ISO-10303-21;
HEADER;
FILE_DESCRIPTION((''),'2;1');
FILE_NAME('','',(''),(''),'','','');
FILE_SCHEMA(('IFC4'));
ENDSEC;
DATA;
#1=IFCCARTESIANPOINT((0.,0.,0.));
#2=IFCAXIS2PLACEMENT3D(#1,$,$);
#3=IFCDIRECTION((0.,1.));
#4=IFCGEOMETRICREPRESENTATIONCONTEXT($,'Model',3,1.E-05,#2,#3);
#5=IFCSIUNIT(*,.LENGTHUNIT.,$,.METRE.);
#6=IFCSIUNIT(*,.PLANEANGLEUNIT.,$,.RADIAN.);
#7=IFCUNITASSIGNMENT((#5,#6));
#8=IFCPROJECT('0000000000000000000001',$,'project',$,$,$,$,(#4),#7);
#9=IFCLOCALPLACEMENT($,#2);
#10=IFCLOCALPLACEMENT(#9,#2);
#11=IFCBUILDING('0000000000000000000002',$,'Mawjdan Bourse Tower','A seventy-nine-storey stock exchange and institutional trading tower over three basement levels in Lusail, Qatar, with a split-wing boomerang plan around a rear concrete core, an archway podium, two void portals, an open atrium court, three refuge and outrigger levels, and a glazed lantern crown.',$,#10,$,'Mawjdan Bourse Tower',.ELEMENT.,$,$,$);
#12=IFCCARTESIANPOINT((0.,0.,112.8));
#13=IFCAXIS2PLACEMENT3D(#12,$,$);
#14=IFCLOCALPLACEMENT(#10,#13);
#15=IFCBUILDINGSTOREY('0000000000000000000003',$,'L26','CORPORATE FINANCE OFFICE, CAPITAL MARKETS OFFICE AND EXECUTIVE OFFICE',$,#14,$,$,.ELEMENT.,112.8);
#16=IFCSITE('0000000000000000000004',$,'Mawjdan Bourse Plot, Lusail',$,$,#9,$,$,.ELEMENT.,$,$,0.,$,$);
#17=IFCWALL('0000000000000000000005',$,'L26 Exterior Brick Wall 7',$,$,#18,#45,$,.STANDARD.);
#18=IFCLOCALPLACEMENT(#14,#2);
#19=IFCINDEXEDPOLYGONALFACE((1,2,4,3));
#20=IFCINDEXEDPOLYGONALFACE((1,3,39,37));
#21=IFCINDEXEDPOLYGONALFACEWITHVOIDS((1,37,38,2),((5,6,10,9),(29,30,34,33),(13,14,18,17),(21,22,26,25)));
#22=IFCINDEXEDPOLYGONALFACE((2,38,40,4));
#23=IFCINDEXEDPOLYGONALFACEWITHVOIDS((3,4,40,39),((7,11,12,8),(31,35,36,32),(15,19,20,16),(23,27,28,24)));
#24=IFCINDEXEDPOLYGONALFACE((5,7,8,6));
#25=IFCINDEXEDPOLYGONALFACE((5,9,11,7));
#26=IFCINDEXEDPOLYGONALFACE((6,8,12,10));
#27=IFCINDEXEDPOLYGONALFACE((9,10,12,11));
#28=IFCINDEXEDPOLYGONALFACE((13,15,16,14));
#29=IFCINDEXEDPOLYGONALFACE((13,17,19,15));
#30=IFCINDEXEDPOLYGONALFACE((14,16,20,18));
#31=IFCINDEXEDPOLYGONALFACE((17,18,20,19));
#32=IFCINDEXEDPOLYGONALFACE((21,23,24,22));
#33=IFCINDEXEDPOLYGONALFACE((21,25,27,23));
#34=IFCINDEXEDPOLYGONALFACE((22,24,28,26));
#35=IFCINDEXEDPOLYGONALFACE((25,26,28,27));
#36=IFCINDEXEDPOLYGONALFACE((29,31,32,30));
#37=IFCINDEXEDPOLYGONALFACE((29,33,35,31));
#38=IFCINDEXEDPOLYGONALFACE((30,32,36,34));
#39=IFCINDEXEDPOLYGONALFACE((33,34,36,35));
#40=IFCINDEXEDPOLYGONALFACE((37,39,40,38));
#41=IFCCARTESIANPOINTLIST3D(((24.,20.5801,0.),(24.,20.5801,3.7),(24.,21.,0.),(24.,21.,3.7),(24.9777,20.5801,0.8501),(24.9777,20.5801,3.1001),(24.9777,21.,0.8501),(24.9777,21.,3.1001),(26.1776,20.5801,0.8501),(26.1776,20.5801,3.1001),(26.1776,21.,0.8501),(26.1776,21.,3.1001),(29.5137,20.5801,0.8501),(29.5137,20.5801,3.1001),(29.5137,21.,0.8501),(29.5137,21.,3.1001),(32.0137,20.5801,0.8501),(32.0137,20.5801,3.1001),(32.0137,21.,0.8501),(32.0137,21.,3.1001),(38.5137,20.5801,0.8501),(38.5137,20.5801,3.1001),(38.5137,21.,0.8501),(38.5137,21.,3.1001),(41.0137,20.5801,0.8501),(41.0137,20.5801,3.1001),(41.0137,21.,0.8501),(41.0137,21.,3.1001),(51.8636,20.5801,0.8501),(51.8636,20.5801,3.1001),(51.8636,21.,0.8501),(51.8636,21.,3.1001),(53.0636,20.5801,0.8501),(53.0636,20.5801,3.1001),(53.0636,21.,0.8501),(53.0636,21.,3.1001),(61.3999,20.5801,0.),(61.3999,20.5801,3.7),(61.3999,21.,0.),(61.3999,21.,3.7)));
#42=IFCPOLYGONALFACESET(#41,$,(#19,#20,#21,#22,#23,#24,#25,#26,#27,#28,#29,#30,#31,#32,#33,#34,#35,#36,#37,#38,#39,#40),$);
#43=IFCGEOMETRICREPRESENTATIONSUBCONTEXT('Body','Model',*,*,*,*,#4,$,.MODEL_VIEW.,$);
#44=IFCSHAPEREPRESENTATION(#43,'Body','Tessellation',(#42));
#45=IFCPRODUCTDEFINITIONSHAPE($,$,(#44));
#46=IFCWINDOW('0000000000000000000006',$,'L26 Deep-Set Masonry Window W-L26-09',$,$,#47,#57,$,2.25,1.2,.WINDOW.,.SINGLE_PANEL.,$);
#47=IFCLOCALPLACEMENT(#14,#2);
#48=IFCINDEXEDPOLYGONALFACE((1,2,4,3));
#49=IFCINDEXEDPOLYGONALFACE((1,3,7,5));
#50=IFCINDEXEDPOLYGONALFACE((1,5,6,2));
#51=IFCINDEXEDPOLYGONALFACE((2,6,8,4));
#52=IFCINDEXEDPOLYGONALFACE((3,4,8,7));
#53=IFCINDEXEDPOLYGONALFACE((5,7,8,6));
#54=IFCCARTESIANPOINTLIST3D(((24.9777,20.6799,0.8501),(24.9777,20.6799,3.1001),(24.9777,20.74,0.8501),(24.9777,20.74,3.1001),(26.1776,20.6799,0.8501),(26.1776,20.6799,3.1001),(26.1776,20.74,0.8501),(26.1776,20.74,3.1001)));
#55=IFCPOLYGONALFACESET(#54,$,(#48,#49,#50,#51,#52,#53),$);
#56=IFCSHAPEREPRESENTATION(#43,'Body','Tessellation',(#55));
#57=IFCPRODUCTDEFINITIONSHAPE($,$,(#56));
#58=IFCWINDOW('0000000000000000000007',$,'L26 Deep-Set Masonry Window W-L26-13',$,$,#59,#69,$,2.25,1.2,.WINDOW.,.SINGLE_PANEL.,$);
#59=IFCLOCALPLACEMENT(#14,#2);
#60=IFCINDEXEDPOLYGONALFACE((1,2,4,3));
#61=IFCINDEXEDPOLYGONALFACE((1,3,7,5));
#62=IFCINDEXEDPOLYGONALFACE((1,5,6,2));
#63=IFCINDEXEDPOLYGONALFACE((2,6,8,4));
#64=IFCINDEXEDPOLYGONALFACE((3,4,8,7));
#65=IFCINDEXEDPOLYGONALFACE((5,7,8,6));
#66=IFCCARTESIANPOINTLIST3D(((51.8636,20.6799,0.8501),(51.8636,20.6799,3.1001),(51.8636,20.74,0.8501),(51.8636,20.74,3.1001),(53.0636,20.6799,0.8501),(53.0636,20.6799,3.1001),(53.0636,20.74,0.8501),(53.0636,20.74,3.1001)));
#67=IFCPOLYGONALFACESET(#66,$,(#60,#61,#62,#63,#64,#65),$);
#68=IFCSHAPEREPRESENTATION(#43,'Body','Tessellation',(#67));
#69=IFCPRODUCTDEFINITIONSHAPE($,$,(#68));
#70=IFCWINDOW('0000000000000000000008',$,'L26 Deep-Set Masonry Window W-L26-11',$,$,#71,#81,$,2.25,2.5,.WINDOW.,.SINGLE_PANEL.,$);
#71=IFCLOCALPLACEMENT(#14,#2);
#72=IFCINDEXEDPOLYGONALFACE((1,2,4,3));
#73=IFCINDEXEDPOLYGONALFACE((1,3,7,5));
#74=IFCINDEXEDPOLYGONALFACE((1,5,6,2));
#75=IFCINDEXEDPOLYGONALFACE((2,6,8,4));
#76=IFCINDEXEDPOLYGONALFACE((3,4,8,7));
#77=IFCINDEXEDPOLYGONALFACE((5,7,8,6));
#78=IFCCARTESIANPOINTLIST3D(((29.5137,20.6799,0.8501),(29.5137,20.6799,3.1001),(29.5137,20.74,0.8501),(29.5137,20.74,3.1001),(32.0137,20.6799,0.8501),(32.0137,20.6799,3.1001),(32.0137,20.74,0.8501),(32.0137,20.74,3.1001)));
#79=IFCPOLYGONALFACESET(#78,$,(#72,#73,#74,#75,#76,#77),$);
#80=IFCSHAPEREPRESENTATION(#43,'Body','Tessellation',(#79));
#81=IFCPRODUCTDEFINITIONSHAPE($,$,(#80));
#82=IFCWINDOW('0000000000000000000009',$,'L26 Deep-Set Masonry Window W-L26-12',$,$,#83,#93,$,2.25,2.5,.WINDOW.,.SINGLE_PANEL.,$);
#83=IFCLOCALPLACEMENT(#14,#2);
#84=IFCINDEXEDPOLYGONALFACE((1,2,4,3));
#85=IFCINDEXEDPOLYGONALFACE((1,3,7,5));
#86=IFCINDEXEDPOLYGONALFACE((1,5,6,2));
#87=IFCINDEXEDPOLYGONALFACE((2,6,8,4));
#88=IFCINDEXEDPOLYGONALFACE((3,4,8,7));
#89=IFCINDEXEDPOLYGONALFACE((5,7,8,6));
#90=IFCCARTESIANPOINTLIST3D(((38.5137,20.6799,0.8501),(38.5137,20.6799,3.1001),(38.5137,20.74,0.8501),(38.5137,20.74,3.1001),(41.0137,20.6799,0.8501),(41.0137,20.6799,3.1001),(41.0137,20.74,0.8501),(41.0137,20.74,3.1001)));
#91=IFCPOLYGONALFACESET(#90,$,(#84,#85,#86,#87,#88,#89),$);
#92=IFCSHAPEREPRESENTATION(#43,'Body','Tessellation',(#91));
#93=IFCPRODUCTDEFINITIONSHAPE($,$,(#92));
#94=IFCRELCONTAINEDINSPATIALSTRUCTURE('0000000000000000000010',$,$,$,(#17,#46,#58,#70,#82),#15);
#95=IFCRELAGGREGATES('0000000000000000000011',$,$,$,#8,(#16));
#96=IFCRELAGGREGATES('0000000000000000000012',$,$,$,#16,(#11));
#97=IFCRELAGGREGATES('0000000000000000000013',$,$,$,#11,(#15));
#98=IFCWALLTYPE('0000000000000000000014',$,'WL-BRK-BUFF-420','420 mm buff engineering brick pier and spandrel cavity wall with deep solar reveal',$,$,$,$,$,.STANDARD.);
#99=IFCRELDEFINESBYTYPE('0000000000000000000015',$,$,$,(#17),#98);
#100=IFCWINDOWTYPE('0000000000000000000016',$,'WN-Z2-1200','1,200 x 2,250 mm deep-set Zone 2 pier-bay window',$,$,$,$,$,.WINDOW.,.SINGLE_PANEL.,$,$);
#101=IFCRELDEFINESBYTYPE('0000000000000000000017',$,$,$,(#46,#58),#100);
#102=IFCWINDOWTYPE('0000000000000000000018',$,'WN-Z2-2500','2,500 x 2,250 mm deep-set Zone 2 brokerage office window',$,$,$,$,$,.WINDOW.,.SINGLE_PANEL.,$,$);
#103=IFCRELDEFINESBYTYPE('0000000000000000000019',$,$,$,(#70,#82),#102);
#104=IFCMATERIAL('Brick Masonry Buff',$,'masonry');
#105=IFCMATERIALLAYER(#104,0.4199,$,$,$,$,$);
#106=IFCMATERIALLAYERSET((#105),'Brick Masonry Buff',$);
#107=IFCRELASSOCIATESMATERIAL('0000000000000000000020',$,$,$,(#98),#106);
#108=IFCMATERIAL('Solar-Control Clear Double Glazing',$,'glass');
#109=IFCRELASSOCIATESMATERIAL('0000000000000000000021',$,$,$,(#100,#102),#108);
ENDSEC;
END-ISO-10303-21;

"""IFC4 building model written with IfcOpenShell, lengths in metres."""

from ifc_helpers import new_model, si_unit, direction, frame, frame_2d, origin, place, context, subcontext, project, spatial, rectangle, extrude, material, layer, layer_set, type_object, element, fill, save


model = new_model("IFC4")

# Units and contexts
model_context = context("Model", 3, precision=1e-05, world=origin(), true_north=direction((0.0, 1.0)))
body_context = subcontext(model_context, "Body", "Model", "MODEL_VIEW")
ifc_project = project(units=[si_unit("LENGTHUNIT", "METRE"), si_unit("PLANEANGLEUNIT", "RADIAN")], contexts=[model_context])

# Site, building, storey
site_placement = place(None, origin())
site = spatial("IfcSite", under=ifc_project, at=site_placement, Name="Mawjdan Bourse Plot, Lusail", CompositionType="ELEMENT", RefElevation=0.0)
building_placement = place(site_placement, origin())
building = spatial("IfcBuilding", under=site, at=building_placement, Name="Mawjdan Bourse Tower", Description="A seventy-nine-storey stock exchange and institutional trading tower over three basement levels in Lusail, Qatar, with a split-wing boomerang plan around a rear concrete core, an archway podium, two void portals, an open atrium court, three refuge and outrigger levels, and a glazed lantern crown.", LongName="Mawjdan Bourse Tower", CompositionType="ELEMENT")
storey_placement = place(building_placement, frame((0.0, 0.0, 112.8)))
storey = spatial("IfcBuildingStorey", under=building, at=storey_placement, Name="L26", Description="CORPORATE FINANCE OFFICE, CAPITAL MARKETS OFFICE AND EXECUTIVE OFFICE", CompositionType="ELEMENT", Elevation=112.8)

# Shared definitions
ifc_material_1 = material(Name="Brick Masonry Buff", Category="masonry")
ifc_layer = layer(ifc_material_1, 0.4199)
ifc_layer_set = layer_set([ifc_layer], Name="Brick Masonry Buff")
wall_type = type_object("IfcWallType", Name="WL-BRK-BUFF-420", Description="420 mm buff engineering brick pier and spandrel cavity wall with deep solar reveal", PredefinedType="STANDARD", material=ifc_layer_set)

# Wall, openings, windows
wall_placement = place(storey_placement, frame((61.3999, 20.79, 0.0), z_axis=(0.0, 0.0, 1.0), x_axis=(-1.0, 0.0, 0.0)))
wall = element("IfcWall", 1, at=wall_placement, inside=storey, type_object=wall_type, Name="L26 Exterior Brick Wall 7", PredefinedType="STANDARD", context=body_context, shape_type="SweptSolid", body=[
    extrude(rectangle(XDim=37.3999, YDim=0.4199, at=frame_2d((18.7, 0.0))), origin(), (0.0, 0.0, 1.0), 3.7),
])
opening_1_placement = place(wall_placement, frame((35.2222, 0.0, 0.8501)))
opening_1 = element("IfcOpeningElement", 2, at=opening_1_placement, cuts=wall, PredefinedType="OPENING", context=body_context, shape_type="SweptSolid", body=[
    extrude(rectangle(XDim=1.2, YDim=2.25, at=frame_2d((0.6001, 1.125))), frame((0.0, 0.22, 0.0), z_axis=(0.0, -1.0, 0.0), x_axis=(1.0, 0.0, 0.0)), (0.0, 0.0, 1.0), 0.4399),
])
opening_2_placement = place(wall_placement, frame((29.3862, 0.0, 0.8501)))
opening_2 = element("IfcOpeningElement", 3, at=opening_2_placement, cuts=wall, PredefinedType="OPENING", context=body_context, shape_type="SweptSolid", body=[
    extrude(rectangle(XDim=2.5, YDim=2.25, at=frame_2d((1.25, 1.125))), frame((0.0, 0.22, 0.0), z_axis=(0.0, -1.0, 0.0), x_axis=(1.0, 0.0, 0.0)), (0.0, 0.0, 1.0), 0.4399),
])
opening_3_placement = place(wall_placement, frame((20.3862, 0.0, 0.8501)))
opening_3 = element("IfcOpeningElement", 4, at=opening_3_placement, cuts=wall, PredefinedType="OPENING", context=body_context, shape_type="SweptSolid", body=[
    extrude(rectangle(XDim=2.5, YDim=2.25, at=frame_2d((1.25, 1.125))), frame((0.0, 0.22, 0.0), z_axis=(0.0, -1.0, 0.0), x_axis=(1.0, 0.0, 0.0)), (0.0, 0.0, 1.0), 0.4399),
])
opening_4_placement = place(wall_placement, frame((8.3362, 0.0, 0.8501)))
opening_4 = element("IfcOpeningElement", 5, at=opening_4_placement, cuts=wall, PredefinedType="OPENING", context=body_context, shape_type="SweptSolid", body=[
    extrude(rectangle(XDim=1.2, YDim=2.25, at=frame_2d((0.6001, 1.125))), frame((0.0, 0.22, 0.0), z_axis=(0.0, -1.0, 0.0), x_axis=(1.0, 0.0, 0.0)), (0.0, 0.0, 1.0), 0.4399),
])
ifc_material_2 = material(Name="Solar-Control Clear Double Glazing", Category="glass")
window_type_1 = type_object("IfcWindowType", Name="WN-Z2-1200", Description="1,200 x 2,250 mm deep-set Zone 2 pier-bay window", PartitioningType="SINGLE_PANEL", PredefinedType="WINDOW", material=ifc_material_2)
window_1_placement = place(opening_1_placement, origin())
window_1 = element("IfcWindow", 6, at=window_1_placement, inside=storey, type_object=window_type_1, Name="L26 Deep-Set Masonry Window W-L26-09", OverallHeight=2.25, OverallWidth=1.2, PartitioningType="SINGLE_PANEL", PredefinedType="WINDOW", context=body_context, shape_type="SweptSolid", body=[
    extrude(rectangle(XDim=1.2, YDim=2.25, at=frame_2d((0.6001, 1.125))), frame((0.0, 0.1101, 0.0), z_axis=(0.0, -1.0, 0.0), x_axis=(1.0, 0.0, 0.0)), (0.0, 0.0, 1.0), 0.0601),
])
fill(opening_1, window_1)
window_2_placement = place(opening_4_placement, origin())
window_2 = element("IfcWindow", 7, at=window_2_placement, inside=storey, type_object=window_type_1, Name="L26 Deep-Set Masonry Window W-L26-13", OverallHeight=2.25, OverallWidth=1.2, PartitioningType="SINGLE_PANEL", PredefinedType="WINDOW", context=body_context, shape_type="SweptSolid", body=[
    extrude(rectangle(XDim=1.2, YDim=2.25, at=frame_2d((0.6001, 1.125))), frame((0.0, 0.1101, 0.0), z_axis=(0.0, -1.0, 0.0), x_axis=(1.0, 0.0, 0.0)), (0.0, 0.0, 1.0), 0.0601),
])
fill(opening_4, window_2)
window_type_2 = type_object("IfcWindowType", Name="WN-Z2-2500", Description="2,500 x 2,250 mm deep-set Zone 2 brokerage office window", PartitioningType="SINGLE_PANEL", PredefinedType="WINDOW", material=ifc_material_2)
window_3_placement = place(opening_2_placement, origin())
window_3 = element("IfcWindow", 8, at=window_3_placement, inside=storey, type_object=window_type_2, Name="L26 Deep-Set Masonry Window W-L26-11", OverallHeight=2.25, OverallWidth=2.5, PartitioningType="SINGLE_PANEL", PredefinedType="WINDOW", context=body_context, shape_type="SweptSolid", body=[
    extrude(rectangle(XDim=2.5, YDim=2.25, at=frame_2d((1.25, 1.125))), frame((0.0, 0.1101, 0.0), z_axis=(0.0, -1.0, 0.0), x_axis=(1.0, 0.0, 0.0)), (0.0, 0.0, 1.0), 0.0601),
])
fill(opening_2, window_3)
window_4_placement = place(opening_3_placement, origin())
window_4 = element("IfcWindow", 9, at=window_4_placement, inside=storey, type_object=window_type_2, Name="L26 Deep-Set Masonry Window W-L26-12", OverallHeight=2.25, OverallWidth=2.5, PartitioningType="SINGLE_PANEL", PredefinedType="WINDOW", context=body_context, shape_type="SweptSolid", body=[
    extrude(rectangle(XDim=2.5, YDim=2.25, at=frame_2d((1.25, 1.125))), frame((0.0, 0.1101, 0.0), z_axis=(0.0, -1.0, 0.0), x_axis=(1.0, 0.0, 0.0)), (0.0, 0.0, 1.0), 0.0601),
])
fill(opening_3, window_4)

save(model, "model.ifc")
